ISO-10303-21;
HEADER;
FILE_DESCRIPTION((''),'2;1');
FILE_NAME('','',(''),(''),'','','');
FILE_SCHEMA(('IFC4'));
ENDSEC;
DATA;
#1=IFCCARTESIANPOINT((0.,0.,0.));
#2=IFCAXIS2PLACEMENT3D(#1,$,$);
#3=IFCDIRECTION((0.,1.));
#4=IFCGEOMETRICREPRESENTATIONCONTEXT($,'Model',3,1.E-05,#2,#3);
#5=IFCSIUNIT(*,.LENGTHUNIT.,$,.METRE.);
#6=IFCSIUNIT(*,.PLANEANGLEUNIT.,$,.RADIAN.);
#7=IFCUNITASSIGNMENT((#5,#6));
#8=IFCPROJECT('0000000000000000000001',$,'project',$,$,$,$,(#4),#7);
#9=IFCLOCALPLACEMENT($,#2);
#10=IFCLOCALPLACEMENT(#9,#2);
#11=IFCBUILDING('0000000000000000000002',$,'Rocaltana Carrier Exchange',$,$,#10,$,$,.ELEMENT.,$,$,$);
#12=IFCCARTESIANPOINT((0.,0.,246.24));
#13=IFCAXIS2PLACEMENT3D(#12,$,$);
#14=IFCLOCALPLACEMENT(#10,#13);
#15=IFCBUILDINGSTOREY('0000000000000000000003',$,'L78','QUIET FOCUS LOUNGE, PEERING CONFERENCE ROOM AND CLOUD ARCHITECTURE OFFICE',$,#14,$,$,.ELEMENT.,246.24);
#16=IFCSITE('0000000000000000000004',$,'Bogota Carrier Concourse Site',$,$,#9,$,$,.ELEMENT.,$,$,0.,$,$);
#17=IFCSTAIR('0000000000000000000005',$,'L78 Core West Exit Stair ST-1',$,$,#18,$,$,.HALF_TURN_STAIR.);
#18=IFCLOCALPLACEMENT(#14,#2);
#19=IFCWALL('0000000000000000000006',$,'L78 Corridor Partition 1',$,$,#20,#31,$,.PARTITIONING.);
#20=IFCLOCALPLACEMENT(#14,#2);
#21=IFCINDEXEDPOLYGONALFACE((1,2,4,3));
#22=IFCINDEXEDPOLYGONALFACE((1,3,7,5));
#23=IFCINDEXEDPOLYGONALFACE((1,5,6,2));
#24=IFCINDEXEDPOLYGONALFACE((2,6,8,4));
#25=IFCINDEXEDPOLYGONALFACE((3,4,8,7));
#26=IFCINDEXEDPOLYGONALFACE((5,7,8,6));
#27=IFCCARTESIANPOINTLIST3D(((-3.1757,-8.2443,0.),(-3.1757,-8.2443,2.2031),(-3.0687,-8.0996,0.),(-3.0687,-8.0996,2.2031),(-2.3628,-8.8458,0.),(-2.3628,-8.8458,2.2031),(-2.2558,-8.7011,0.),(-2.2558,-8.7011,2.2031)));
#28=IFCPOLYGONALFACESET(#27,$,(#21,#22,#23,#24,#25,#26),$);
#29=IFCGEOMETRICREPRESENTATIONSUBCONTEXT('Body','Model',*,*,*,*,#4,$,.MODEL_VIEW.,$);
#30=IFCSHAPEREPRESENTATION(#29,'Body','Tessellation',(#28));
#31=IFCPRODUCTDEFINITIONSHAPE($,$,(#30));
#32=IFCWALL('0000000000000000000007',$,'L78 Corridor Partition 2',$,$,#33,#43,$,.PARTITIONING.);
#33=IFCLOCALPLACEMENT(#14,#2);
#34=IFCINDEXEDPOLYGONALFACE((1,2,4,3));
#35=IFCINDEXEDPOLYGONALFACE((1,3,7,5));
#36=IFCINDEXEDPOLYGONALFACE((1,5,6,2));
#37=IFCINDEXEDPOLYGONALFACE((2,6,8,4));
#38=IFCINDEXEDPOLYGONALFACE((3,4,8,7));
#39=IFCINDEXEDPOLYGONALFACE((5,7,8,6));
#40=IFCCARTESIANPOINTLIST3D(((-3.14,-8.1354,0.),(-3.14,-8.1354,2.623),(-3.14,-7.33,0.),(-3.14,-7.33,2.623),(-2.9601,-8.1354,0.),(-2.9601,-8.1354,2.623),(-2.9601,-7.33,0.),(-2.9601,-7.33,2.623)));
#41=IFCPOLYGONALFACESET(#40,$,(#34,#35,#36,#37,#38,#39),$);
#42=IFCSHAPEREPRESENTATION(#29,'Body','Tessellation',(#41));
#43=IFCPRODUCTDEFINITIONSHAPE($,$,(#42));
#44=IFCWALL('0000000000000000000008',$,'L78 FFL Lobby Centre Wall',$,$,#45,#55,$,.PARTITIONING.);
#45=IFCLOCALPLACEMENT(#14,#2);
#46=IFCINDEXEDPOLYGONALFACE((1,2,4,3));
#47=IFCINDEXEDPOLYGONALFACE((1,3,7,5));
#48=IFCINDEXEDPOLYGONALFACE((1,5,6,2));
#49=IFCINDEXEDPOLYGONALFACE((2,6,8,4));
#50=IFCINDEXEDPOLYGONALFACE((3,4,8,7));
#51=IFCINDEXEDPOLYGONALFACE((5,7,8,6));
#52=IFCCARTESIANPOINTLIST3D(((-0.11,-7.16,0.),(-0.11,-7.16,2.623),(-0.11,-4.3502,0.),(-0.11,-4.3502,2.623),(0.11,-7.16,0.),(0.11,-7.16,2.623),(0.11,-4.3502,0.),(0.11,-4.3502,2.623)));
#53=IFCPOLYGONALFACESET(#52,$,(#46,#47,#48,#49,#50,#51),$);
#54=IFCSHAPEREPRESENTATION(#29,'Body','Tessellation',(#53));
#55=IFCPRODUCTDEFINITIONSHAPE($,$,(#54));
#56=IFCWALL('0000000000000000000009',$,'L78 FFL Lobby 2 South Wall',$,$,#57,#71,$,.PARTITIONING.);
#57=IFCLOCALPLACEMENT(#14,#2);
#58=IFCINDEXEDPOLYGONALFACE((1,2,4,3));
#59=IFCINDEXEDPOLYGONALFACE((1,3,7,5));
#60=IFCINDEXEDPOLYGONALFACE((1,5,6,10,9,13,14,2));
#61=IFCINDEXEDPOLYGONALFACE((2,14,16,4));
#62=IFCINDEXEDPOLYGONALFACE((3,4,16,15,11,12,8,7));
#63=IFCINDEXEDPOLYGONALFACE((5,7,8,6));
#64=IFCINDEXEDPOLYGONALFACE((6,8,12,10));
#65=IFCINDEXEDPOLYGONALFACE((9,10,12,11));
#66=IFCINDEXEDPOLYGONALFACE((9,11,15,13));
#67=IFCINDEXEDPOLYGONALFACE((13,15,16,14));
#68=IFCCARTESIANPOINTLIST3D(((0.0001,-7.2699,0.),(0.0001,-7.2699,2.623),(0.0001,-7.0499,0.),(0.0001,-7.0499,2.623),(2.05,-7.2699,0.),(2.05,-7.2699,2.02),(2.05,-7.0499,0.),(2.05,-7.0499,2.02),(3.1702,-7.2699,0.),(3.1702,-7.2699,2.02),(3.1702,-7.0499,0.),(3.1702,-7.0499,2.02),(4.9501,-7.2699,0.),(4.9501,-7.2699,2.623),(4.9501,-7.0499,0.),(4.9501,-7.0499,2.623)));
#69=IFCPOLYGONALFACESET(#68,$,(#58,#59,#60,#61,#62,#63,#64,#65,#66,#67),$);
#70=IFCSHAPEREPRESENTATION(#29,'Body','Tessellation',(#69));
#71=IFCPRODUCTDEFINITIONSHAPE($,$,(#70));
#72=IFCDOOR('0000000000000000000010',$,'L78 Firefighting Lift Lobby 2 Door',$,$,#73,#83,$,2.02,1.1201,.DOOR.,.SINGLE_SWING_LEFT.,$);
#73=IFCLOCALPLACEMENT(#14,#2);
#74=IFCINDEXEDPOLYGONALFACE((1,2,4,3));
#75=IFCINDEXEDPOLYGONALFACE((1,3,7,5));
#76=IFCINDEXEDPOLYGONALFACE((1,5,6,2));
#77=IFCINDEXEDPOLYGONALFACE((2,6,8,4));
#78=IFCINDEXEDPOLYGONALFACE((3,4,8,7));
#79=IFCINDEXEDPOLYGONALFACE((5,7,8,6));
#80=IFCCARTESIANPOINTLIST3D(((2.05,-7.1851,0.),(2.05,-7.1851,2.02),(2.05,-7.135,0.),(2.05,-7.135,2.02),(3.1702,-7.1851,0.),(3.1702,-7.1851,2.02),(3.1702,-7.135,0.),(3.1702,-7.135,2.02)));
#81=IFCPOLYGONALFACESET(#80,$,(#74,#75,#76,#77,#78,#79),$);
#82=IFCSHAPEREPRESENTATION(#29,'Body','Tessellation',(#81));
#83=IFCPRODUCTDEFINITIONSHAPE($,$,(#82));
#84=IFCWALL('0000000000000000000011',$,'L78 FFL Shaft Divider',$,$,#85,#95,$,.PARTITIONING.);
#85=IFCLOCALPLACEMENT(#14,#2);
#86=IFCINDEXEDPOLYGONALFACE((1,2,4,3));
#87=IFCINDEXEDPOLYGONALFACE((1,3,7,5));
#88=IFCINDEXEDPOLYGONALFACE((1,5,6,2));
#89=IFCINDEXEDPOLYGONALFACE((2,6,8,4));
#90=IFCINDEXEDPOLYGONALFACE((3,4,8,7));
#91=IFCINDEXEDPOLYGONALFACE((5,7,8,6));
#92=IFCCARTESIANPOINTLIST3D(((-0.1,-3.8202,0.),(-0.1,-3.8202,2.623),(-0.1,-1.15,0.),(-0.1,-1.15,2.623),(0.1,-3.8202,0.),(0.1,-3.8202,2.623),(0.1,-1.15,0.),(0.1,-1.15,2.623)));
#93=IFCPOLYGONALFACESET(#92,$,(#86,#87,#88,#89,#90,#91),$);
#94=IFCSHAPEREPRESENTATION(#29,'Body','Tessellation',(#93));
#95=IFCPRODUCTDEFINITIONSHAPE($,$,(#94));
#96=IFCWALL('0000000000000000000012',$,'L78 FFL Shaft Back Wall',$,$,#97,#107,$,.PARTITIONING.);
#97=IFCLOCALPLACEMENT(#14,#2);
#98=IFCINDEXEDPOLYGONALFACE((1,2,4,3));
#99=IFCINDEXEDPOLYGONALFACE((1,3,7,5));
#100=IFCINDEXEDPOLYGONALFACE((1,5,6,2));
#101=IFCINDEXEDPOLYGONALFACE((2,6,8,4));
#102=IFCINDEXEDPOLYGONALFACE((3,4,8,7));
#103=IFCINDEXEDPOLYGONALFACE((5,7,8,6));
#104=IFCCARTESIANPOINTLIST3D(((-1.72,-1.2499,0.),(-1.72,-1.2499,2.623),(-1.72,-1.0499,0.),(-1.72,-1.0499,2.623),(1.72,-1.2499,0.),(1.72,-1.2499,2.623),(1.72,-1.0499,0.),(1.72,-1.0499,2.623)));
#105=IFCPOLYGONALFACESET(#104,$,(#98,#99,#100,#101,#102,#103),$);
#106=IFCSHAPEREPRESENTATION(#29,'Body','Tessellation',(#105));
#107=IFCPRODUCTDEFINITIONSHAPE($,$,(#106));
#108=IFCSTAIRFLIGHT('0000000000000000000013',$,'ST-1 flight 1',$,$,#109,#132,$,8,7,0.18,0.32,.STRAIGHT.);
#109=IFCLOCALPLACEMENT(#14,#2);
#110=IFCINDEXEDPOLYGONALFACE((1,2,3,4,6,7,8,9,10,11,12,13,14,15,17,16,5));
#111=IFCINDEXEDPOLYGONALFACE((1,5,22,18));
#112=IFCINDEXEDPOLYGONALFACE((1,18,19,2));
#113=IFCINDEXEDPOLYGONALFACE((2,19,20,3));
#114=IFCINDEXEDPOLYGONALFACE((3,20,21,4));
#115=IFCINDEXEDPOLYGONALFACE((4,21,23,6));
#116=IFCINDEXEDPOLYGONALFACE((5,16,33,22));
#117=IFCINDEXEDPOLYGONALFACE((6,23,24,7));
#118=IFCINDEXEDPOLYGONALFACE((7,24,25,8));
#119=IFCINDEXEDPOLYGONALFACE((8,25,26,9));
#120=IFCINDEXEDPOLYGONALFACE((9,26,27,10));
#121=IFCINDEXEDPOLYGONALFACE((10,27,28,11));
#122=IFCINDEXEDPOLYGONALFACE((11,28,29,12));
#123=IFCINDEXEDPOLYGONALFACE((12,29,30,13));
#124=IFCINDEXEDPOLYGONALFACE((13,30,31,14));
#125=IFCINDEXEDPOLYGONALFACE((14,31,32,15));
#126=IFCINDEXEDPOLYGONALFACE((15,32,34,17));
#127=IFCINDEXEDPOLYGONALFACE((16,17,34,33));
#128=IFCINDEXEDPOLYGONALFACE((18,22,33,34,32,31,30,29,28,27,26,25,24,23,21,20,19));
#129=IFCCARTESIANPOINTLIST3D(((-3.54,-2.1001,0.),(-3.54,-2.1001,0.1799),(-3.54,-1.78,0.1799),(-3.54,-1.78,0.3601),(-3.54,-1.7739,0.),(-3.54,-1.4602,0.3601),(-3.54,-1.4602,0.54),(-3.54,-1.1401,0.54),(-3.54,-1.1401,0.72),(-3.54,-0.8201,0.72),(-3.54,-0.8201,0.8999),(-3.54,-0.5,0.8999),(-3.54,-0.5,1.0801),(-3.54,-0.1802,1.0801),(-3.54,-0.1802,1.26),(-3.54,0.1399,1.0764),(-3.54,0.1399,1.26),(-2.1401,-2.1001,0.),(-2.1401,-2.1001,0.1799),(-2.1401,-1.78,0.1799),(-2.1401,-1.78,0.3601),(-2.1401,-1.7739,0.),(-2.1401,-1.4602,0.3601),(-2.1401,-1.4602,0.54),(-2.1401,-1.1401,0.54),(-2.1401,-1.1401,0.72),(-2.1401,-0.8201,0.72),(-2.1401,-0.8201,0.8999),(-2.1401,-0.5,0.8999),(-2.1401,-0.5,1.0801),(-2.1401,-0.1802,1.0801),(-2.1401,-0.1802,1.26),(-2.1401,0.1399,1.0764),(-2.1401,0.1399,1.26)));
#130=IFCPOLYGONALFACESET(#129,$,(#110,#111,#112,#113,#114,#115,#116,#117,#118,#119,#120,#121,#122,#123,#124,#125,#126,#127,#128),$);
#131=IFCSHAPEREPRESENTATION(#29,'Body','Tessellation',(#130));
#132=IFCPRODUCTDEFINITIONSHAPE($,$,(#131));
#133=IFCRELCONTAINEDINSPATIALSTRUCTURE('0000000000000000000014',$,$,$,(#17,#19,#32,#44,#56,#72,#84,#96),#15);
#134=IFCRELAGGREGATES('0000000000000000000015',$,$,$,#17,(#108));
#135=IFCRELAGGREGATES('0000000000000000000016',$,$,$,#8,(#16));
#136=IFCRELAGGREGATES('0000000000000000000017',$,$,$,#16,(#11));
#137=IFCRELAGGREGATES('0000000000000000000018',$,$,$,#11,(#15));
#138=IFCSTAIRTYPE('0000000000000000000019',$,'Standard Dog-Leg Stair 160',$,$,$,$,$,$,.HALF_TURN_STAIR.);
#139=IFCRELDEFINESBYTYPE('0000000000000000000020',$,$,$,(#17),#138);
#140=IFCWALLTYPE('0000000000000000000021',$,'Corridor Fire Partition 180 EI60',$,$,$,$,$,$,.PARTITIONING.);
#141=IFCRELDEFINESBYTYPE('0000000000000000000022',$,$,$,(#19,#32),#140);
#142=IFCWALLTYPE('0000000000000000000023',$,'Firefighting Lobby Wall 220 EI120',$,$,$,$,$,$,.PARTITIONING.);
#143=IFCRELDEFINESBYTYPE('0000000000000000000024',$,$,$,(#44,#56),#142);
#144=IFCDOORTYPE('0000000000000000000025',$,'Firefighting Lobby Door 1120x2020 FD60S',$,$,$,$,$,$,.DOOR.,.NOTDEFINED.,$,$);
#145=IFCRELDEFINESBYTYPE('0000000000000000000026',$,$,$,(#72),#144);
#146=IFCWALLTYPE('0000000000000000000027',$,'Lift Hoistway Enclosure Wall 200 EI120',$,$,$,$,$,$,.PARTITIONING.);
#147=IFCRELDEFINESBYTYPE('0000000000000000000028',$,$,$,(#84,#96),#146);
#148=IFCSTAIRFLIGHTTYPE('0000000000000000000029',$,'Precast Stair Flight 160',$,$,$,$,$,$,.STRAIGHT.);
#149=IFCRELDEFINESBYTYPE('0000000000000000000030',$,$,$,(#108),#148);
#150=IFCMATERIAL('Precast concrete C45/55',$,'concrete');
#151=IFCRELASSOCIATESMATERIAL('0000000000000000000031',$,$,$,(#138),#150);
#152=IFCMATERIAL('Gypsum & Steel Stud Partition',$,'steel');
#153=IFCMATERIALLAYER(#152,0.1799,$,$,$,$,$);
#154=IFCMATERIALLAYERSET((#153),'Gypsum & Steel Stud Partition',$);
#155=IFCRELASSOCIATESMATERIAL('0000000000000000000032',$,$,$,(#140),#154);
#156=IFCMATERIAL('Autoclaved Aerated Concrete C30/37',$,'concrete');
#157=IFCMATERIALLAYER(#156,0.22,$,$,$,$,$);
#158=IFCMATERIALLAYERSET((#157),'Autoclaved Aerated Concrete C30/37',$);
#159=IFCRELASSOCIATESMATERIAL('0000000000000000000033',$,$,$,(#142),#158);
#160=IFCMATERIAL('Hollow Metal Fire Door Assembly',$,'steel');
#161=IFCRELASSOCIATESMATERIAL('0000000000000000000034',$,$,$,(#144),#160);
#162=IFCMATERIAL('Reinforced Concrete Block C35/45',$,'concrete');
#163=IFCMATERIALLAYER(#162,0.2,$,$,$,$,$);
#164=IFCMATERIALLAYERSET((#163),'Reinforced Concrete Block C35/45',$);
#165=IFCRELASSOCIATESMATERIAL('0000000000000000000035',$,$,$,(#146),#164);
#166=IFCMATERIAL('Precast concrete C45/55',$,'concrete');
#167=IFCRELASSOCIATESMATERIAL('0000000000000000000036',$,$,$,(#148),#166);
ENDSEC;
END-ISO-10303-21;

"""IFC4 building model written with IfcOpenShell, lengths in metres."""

from ifc_helpers import new_model, si_unit, direction, frame, frame_2d, origin, place, context, subcontext, project, spatial, polyline, rectangle, outline, extrude, material, layer, layer_set, type_object, element, fill, aggregate, save


model = new_model("IFC4")

# Units and contexts
model_context = context("Model", 3, precision=1e-05, world=origin(), true_north=direction((0.0, 1.0)))
body_context = subcontext(model_context, "Body", "Model", "MODEL_VIEW")
ifc_project = project(units=[si_unit("LENGTHUNIT", "METRE"), si_unit("PLANEANGLEUNIT", "RADIAN")], contexts=[model_context])

# Site, building, storey
site_placement = place(None, origin())
site = spatial("IfcSite", under=ifc_project, at=site_placement, Name="Bogota Carrier Concourse Site", CompositionType="ELEMENT", RefElevation=0.0)
building_placement = place(site_placement, origin())
building = spatial("IfcBuilding", under=site, at=building_placement, Name="Rocaltana Carrier Exchange", CompositionType="ELEMENT")
storey_placement = place(building_placement, frame((0.0, 0.0, 246.24)))
storey = spatial("IfcBuildingStorey", under=building, at=storey_placement, Name="L78", Description="QUIET FOCUS LOUNGE, PEERING CONFERENCE ROOM AND CLOUD ARCHITECTURE OFFICE", CompositionType="ELEMENT", Elevation=246.24)

# Stair
ifc_material_1 = material(Name="Precast concrete C45/55", Category="concrete")
stair_type = type_object("IfcStairType", Name="Standard Dog-Leg Stair 160", PredefinedType="HALF_TURN_STAIR", material=ifc_material_1)
stair_1_placement = place(storey_placement, origin())
stair_1 = element("IfcStair", 1, at=stair_1_placement, inside=storey, type_object=stair_type, Name="L78 Core West Exit Stair ST-1", PredefinedType="HALF_TURN_STAIR")

# Walls
ifc_material_2 = material(Name="Gypsum & Steel Stud Partition", Category="steel")
ifc_layer_1 = layer(ifc_material_2, 0.1799)
ifc_layer_set_1 = layer_set([ifc_layer_1], Name="Gypsum & Steel Stud Partition")
wall_type_1 = type_object("IfcWallType", Name="Corridor Fire Partition 180 EI60", PredefinedType="PARTITIONING", material=ifc_layer_set_1)
wall_1_placement = place(storey_placement, frame((-2.3093, -8.7734, 0.0), z_axis=(0.0, 0.0, 1.0), x_axis=(-0.803865, 0.594812, 0.0)))
element("IfcWall", 2, at=wall_1_placement, inside=storey, type_object=wall_type_1, Name="L78 Corridor Partition 1", PredefinedType="PARTITIONING", context=body_context, shape_type="SweptSolid", body=[
    extrude(rectangle(XDim=1.0112, YDim=0.1799, at=frame_2d((0.5056, 0.0))), origin(), (0.0, 0.0, 1.0), 2.2031),
])
wall_2_placement = place(storey_placement, frame((-3.05, -8.1355, 0.0), z_axis=(0.0, 0.0, 1.0), x_axis=(0.0, 1.0, 0.0)))
element("IfcWall", 3, at=wall_2_placement, inside=storey, type_object=wall_type_1, Name="L78 Corridor Partition 2", PredefinedType="PARTITIONING", context=body_context, shape_type="SweptSolid", body=[
    extrude(rectangle(XDim=0.8054, YDim=0.1799, at=frame_2d((0.4028, 0.0))), origin(), (0.0, 0.0, 1.0), 2.623),
])
ifc_material_3 = material(Name="Autoclaved Aerated Concrete C30/37", Category="concrete")
ifc_layer_2 = layer(ifc_material_3, 0.22)
ifc_layer_set_2 = layer_set([ifc_layer_2], Name="Autoclaved Aerated Concrete C30/37")
wall_type_2 = type_object("IfcWallType", Name="Firefighting Lobby Wall 220 EI120", PredefinedType="PARTITIONING", material=ifc_layer_set_2)
wall_3_placement = place(storey_placement, frame((0.0, -7.1599, 0.0), z_axis=(0.0, 0.0, 1.0), x_axis=(0.0, 1.0, 0.0)))
element("IfcWall", 4, at=wall_3_placement, inside=storey, type_object=wall_type_2, Name="L78 FFL Lobby Centre Wall", PredefinedType="PARTITIONING", context=body_context, shape_type="SweptSolid", body=[
    extrude(rectangle(XDim=2.8098, YDim=0.22, at=frame_2d((1.4048, 0.0))), origin(), (0.0, 0.0, 1.0), 2.623),
])

# Wall, opening, door
wall_4_placement = place(storey_placement, frame((0.0, -7.1599, 0.0), z_axis=(0.0, 0.0, 1.0), x_axis=(1.0, 0.0, 0.0)))
wall_4 = element("IfcWall", 5, at=wall_4_placement, inside=storey, type_object=wall_type_2, Name="L78 FFL Lobby 2 South Wall", PredefinedType="PARTITIONING", context=body_context, shape_type="SweptSolid", body=[
    extrude(rectangle(XDim=4.95, YDim=0.22, at=frame_2d((2.4751, 0.0))), origin(), (0.0, 0.0, 1.0), 2.623),
])
opening_placement = place(wall_4_placement, frame((2.05, 0.0, 0.0)))
opening = element("IfcOpeningElement", 6, at=opening_placement, cuts=wall_4, PredefinedType="OPENING", context=body_context, shape_type="SweptSolid", body=[
    extrude(rectangle(XDim=1.1201, YDim=2.02, at=frame_2d((0.5601, 1.01))), frame((0.0, 0.1199, 0.0), z_axis=(0.0, -1.0, 0.0), x_axis=(1.0, 0.0, 0.0)), (0.0, 0.0, 1.0), 0.24),
])
ifc_material_4 = material(Name="Hollow Metal Fire Door Assembly", Category="steel")
door_type = type_object("IfcDoorType", Name="Firefighting Lobby Door 1120x2020 FD60S", OperationType="NOTDEFINED", PredefinedType="DOOR", material=ifc_material_4)
door_placement = place(opening_placement, origin())
door = element("IfcDoor", 7, at=door_placement, inside=storey, type_object=door_type, Name="L78 Firefighting Lift Lobby 2 Door", OperationType="SINGLE_SWING_LEFT", OverallHeight=2.02, OverallWidth=1.1201, PredefinedType="DOOR", context=body_context, shape_type="SweptSolid", body=[
    extrude(rectangle(XDim=1.1201, YDim=2.02, at=frame_2d((0.5601, 1.01))), frame((0.0, 0.0249, 0.0), z_axis=(0.0, -1.0, 0.0), x_axis=(1.0, 0.0, 0.0)), (0.0, 0.0, 1.0), 0.05),
])
fill(opening, door)

# Walls
ifc_material_5 = material(Name="Reinforced Concrete Block C35/45", Category="concrete")
ifc_layer_3 = layer(ifc_material_5, 0.2)
ifc_layer_set_3 = layer_set([ifc_layer_3], Name="Reinforced Concrete Block C35/45")
wall_type_3 = type_object("IfcWallType", Name="Lift Hoistway Enclosure Wall 200 EI120", PredefinedType="PARTITIONING", material=ifc_layer_set_3)
wall_5_placement = place(storey_placement, frame((0.0, -3.8201, 0.0), z_axis=(0.0, 0.0, 1.0), x_axis=(0.0, 1.0, 0.0)))
element("IfcWall", 8, at=wall_5_placement, inside=storey, type_object=wall_type_3, Name="L78 FFL Shaft Divider", PredefinedType="PARTITIONING", context=body_context, shape_type="SweptSolid", body=[
    extrude(rectangle(XDim=2.6702, YDim=0.2, at=frame_2d((1.335, 0.0))), origin(), (0.0, 0.0, 1.0), 2.623),
])
wall_6_placement = place(storey_placement, frame((-1.72, -1.1499, 0.0), z_axis=(0.0, 0.0, 1.0), x_axis=(1.0, 0.0, 0.0)))
element("IfcWall", 9, at=wall_6_placement, inside=storey, type_object=wall_type_3, Name="L78 FFL Shaft Back Wall", PredefinedType="PARTITIONING", context=body_context, shape_type="SweptSolid", body=[
    extrude(rectangle(XDim=3.4399, YDim=0.2, at=frame_2d((1.72, 0.0))), origin(), (0.0, 0.0, 1.0), 2.623),
])

# Stair flight
ifc_material_6 = material(Name="Precast concrete C45/55", Category="concrete")
stair_flight_type = type_object("IfcStairFlightType", Name="Precast Stair Flight 160", PredefinedType="STRAIGHT", material=ifc_material_6)
stair_flight_placement = place(storey_placement, frame((-2.8401, -2.1001, 0.0), z_axis=(0.0, 0.0, 1.0), x_axis=(0.0, 1.0, 0.0)))
stair_flight = element("IfcStairFlight", 10, at=stair_flight_placement, type_object=stair_flight_type, Name="ST-1 flight 1", NumberOfRisers=8, NumberOfTreads=7, PredefinedType="STRAIGHT", RiserHeight=0.18, TreadLength=0.32, context=body_context, shape_type="SweptSolid", body=[
    extrude(outline(polyline([(0.0, 0.0), (0.0, 0.1799), (0.3201, 0.1799), (0.3201, 0.3601), (0.6399, 0.3601), (0.6399, 0.54), (0.96, 0.54), (0.96, 0.72), (1.28, 0.72), (1.28, 0.8999), (1.6001, 0.8999), (1.6001, 1.0801), (1.9199, 1.0801), (1.9199, 1.26), (2.24, 1.26), (2.24, 1.4399), (2.24, 1.0764), (0.3262, 0.0), (0.0, 0.0)])), frame((0.0, 0.7, 0.0), z_axis=(0.0, -1.0, 0.0), x_axis=(1.0, 0.0, 0.0)), (0.0, 0.0, 1.0), 1.3999),
])
aggregate(stair_1, [stair_flight])

save(model, "model.ifc")
